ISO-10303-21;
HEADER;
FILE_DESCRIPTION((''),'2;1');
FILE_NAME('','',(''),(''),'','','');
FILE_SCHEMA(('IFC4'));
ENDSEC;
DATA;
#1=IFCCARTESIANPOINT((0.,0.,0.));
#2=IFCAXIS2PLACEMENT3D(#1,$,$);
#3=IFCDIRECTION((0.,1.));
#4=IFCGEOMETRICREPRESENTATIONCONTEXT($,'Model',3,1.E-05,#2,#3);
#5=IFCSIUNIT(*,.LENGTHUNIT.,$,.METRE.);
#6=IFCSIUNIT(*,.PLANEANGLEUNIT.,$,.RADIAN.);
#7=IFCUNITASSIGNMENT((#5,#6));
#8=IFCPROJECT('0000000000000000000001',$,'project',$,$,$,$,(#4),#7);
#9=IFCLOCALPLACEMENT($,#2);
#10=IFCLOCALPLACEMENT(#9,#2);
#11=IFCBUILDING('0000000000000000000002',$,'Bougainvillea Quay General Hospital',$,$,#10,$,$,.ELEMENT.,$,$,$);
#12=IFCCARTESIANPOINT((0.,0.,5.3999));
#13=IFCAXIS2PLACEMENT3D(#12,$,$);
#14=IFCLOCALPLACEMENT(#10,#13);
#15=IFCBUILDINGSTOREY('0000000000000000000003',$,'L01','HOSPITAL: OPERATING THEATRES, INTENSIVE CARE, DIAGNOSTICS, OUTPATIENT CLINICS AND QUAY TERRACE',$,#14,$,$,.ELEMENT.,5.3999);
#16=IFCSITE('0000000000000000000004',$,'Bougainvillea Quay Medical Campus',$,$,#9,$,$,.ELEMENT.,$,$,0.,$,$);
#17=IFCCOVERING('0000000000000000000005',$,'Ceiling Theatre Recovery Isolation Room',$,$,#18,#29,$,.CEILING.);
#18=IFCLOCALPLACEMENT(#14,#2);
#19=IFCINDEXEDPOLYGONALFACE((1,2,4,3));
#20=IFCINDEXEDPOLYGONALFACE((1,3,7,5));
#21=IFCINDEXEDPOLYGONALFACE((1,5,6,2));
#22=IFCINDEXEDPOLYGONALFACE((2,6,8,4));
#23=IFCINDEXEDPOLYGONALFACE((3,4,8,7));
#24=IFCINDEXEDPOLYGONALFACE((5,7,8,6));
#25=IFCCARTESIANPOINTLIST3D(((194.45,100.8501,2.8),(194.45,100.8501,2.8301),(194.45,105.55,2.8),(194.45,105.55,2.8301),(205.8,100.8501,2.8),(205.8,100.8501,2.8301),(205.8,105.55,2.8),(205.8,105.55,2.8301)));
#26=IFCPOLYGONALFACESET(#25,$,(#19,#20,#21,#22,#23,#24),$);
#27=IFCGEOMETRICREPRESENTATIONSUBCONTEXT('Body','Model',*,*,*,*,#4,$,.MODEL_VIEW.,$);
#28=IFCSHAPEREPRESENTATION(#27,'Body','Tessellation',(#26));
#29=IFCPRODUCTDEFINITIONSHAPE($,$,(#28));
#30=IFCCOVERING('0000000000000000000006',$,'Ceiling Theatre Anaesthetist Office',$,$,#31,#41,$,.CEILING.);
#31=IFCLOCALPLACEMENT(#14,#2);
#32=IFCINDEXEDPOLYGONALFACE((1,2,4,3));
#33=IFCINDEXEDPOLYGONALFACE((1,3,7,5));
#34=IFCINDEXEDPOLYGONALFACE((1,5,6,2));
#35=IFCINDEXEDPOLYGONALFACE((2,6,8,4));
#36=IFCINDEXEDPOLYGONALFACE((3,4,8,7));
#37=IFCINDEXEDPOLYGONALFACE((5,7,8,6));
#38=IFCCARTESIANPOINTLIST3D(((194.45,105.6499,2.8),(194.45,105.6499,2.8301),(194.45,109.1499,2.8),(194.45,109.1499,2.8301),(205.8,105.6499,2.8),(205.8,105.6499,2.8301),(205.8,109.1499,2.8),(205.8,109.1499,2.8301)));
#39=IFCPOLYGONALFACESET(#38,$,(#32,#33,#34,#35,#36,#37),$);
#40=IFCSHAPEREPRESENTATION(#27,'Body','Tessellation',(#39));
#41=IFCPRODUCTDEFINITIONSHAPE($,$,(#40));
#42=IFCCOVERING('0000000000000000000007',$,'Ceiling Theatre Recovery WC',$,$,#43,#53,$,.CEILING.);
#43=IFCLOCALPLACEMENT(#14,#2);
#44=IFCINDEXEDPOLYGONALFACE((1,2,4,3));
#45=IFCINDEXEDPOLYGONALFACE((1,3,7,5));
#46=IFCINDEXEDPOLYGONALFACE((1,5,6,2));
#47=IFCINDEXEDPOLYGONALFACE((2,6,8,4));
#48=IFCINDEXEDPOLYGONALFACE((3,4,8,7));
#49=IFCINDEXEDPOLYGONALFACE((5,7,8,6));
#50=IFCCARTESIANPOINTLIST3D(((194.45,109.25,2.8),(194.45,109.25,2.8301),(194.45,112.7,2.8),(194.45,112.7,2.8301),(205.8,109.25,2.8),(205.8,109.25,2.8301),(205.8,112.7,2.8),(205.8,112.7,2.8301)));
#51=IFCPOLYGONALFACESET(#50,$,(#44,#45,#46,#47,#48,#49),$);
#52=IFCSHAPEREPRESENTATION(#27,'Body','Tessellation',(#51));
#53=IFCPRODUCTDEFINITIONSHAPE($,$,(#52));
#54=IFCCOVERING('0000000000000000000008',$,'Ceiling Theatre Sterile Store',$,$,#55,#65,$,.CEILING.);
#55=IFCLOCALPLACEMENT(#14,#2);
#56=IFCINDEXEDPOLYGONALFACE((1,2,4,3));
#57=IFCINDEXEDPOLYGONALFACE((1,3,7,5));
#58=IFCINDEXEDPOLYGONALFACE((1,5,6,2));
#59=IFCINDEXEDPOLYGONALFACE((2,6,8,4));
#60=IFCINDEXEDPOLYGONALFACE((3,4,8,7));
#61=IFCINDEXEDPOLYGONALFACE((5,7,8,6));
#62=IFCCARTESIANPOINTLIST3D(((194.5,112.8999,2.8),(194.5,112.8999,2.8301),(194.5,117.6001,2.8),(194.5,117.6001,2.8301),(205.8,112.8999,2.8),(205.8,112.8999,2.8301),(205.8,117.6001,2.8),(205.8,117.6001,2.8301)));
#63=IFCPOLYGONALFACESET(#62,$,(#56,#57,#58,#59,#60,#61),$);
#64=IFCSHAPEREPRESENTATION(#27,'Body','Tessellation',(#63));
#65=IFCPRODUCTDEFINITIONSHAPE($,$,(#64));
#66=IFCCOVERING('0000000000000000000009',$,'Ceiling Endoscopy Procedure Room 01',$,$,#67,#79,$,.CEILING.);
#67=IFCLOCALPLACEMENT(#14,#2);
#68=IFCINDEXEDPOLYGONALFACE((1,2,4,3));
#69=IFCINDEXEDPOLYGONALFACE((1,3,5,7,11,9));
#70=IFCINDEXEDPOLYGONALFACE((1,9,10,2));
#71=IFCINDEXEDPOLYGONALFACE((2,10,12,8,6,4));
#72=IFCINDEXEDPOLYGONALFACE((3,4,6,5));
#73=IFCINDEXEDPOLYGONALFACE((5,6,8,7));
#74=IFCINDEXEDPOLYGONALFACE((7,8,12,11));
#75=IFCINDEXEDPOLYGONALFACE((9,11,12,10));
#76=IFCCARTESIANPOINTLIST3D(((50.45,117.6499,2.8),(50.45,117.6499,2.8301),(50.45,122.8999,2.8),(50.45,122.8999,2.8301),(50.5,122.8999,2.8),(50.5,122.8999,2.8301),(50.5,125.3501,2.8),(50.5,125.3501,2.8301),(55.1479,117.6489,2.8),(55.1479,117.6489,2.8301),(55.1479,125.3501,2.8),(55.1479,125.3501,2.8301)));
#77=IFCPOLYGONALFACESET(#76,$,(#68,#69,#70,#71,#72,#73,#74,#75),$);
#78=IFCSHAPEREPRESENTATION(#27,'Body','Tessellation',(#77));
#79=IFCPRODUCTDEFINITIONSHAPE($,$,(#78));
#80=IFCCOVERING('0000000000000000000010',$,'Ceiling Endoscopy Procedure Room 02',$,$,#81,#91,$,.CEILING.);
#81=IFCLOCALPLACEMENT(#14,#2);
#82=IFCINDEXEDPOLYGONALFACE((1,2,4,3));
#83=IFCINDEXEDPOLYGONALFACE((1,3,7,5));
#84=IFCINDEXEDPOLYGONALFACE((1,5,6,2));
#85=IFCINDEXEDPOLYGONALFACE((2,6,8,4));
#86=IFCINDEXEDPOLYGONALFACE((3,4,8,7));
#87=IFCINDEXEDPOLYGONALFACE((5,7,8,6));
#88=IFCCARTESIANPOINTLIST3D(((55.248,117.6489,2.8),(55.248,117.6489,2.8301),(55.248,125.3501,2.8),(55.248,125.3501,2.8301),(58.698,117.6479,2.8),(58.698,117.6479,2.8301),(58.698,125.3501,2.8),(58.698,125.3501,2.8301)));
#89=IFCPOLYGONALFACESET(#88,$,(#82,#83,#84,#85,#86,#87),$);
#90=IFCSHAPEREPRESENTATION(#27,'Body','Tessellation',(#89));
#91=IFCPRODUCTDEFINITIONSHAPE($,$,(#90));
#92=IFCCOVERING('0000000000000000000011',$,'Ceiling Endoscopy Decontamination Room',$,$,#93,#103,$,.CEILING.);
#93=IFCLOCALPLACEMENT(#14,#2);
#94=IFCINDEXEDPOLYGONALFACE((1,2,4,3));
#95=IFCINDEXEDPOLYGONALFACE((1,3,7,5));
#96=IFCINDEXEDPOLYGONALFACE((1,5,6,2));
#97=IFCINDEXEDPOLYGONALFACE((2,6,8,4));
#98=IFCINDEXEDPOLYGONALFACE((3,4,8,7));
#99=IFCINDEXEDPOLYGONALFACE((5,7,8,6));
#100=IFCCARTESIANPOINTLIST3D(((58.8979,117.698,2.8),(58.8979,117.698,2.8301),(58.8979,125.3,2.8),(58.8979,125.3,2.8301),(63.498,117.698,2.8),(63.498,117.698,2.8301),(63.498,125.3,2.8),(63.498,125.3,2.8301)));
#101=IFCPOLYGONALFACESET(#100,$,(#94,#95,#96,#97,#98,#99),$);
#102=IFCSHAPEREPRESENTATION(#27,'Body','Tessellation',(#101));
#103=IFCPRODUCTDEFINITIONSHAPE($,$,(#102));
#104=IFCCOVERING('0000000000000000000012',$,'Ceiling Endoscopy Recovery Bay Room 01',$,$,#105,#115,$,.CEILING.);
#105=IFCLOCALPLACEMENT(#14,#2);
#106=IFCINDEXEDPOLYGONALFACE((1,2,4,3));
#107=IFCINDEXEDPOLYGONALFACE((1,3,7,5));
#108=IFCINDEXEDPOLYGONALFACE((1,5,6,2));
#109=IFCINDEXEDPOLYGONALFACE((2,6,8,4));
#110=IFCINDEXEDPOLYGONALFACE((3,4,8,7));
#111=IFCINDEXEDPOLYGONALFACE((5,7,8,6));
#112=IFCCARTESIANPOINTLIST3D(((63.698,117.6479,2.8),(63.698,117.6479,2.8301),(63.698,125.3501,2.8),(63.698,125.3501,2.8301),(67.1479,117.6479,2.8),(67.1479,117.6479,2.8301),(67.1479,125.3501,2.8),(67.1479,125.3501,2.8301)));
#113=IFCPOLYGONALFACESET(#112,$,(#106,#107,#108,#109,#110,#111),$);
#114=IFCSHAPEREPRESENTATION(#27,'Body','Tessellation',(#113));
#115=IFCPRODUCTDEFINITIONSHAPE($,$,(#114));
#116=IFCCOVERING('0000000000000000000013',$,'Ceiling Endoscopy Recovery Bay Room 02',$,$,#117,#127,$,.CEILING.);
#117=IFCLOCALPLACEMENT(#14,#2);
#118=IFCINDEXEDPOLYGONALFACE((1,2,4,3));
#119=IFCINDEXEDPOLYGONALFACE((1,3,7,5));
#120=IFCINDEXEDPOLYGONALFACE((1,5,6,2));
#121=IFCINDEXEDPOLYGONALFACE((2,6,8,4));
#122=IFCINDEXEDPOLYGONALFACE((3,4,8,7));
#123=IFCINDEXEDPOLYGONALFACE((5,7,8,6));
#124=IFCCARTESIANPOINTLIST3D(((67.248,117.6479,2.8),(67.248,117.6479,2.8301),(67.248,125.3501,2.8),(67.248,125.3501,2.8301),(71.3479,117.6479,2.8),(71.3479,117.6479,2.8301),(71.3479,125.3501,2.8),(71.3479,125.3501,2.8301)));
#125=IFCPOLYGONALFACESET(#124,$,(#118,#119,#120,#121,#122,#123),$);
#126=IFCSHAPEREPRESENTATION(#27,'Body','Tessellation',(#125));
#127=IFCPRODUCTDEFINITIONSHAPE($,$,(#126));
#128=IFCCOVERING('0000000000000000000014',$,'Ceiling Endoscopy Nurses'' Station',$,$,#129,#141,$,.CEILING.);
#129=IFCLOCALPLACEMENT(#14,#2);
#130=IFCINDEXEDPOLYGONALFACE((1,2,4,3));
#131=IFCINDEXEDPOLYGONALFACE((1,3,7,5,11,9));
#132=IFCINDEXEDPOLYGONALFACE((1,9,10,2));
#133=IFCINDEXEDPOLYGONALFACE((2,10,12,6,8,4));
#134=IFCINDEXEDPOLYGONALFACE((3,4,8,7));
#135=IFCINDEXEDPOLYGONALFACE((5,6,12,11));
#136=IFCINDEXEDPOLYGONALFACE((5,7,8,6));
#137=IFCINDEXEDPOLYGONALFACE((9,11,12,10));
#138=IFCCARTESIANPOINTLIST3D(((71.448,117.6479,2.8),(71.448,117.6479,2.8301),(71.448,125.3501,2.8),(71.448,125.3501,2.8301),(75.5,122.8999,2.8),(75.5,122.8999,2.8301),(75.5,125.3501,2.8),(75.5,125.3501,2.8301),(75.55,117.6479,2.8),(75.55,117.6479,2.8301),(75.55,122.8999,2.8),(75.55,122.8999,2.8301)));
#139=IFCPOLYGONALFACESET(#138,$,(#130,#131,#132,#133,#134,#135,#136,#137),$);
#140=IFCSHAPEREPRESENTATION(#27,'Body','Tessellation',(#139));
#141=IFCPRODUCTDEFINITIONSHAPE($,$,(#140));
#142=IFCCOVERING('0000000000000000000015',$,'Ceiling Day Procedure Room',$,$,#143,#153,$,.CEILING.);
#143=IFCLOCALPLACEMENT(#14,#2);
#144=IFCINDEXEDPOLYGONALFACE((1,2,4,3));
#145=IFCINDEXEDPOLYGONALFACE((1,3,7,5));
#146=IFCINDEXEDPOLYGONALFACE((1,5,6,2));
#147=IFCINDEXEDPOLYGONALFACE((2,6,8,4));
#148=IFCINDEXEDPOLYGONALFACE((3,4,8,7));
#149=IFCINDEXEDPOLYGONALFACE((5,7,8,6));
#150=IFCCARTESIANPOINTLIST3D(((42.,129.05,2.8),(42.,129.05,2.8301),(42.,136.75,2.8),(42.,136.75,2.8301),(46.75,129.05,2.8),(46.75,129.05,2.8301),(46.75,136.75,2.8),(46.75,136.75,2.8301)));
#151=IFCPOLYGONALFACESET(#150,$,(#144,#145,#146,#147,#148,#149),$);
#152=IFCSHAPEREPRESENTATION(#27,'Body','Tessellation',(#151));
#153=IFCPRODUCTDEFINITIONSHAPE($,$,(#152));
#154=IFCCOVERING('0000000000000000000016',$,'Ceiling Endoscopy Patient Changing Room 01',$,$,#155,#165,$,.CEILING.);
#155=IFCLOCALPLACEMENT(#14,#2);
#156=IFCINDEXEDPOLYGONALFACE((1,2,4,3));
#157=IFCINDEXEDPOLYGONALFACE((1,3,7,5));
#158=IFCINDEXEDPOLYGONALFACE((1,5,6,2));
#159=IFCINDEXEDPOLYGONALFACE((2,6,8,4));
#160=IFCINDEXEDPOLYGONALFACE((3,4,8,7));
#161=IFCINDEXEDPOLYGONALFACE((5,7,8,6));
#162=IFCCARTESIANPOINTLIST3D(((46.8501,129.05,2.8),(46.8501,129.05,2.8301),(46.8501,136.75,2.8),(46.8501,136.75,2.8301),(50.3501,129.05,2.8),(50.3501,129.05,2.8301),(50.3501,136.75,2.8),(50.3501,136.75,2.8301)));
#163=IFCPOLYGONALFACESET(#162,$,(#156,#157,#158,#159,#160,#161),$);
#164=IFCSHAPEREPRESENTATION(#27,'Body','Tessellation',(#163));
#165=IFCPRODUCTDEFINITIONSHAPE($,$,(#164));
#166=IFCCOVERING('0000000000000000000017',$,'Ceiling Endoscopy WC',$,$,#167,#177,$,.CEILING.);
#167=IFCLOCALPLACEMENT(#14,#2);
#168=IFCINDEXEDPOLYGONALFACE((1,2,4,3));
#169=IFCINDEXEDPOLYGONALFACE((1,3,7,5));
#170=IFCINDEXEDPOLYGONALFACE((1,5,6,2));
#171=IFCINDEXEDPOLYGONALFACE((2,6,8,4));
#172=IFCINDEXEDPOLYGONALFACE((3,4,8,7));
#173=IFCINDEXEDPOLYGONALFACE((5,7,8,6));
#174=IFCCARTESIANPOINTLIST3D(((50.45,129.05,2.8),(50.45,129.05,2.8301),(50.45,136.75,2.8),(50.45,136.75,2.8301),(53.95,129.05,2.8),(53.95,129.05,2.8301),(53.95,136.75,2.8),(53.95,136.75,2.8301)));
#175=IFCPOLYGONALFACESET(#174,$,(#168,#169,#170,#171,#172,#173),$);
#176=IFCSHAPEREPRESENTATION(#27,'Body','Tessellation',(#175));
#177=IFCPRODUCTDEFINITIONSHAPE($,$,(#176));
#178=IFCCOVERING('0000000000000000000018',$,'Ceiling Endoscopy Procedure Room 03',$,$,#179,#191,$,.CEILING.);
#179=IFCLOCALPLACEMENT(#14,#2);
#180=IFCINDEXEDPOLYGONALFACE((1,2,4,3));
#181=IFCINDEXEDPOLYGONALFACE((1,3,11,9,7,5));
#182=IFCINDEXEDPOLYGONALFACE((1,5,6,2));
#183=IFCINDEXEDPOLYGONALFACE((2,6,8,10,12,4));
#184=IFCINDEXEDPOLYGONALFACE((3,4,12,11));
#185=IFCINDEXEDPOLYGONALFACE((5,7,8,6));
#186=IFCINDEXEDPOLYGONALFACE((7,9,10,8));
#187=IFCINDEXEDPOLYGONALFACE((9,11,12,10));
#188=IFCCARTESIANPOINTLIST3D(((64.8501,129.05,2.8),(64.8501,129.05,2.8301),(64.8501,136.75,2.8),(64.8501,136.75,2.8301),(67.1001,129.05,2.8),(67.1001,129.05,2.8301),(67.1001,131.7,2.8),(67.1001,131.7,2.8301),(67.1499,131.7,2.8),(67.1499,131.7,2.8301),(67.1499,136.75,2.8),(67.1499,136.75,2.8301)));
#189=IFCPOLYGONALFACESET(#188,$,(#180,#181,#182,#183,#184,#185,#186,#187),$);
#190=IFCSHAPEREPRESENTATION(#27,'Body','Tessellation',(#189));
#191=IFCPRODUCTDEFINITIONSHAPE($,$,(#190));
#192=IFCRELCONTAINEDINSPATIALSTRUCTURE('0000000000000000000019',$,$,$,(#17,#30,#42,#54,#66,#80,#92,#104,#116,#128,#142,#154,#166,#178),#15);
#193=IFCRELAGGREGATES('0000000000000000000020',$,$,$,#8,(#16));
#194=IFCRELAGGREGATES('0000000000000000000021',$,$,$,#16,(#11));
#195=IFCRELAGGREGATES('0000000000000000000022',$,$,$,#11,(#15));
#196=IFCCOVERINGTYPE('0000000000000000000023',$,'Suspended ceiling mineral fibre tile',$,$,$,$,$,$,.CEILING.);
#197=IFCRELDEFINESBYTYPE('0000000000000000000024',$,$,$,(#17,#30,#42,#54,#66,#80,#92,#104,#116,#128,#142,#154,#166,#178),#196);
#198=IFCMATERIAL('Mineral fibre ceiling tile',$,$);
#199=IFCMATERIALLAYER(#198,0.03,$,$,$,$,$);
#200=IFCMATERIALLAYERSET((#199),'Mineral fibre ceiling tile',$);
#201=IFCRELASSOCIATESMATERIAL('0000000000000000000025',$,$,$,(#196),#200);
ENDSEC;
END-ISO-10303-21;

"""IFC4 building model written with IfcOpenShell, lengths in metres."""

from ifc_helpers import new_model, si_unit, direction, frame, origin, place, context, subcontext, project, spatial, polyline, outline, extrude, material, layer, layer_set, type_object, element, save


model = new_model("IFC4")

# Units and contexts
model_context = context("Model", 3, precision=1e-05, world=origin(), true_north=direction((0.0, 1.0)))
body_context = subcontext(model_context, "Body", "Model", "MODEL_VIEW")
ifc_project = project(units=[si_unit("LENGTHUNIT", "METRE"), si_unit("PLANEANGLEUNIT", "RADIAN")], contexts=[model_context])

# Site, building, storey
site_placement = place(None, origin())
site = spatial("IfcSite", under=ifc_project, at=site_placement, Name="Bougainvillea Quay Medical Campus", CompositionType="ELEMENT", RefElevation=0.0)
building_placement = place(site_placement, origin())
building = spatial("IfcBuilding", under=site, at=building_placement, Name="Bougainvillea Quay General Hospital", CompositionType="ELEMENT")
storey_placement = place(building_placement, frame((0.0, 0.0, 5.3999)))
storey = spatial("IfcBuildingStorey", under=building, at=storey_placement, Name="L01", Description="HOSPITAL: OPERATING THEATRES, INTENSIVE CARE, DIAGNOSTICS, OUTPATIENT CLINICS AND QUAY TERRACE", CompositionType="ELEMENT", Elevation=5.3999)

# Coverings
ifc_material = material(Name="Mineral fibre ceiling tile")
ifc_layer = layer(ifc_material, 0.03)
ifc_layer_set = layer_set([ifc_layer], Name="Mineral fibre ceiling tile")
covering_type = type_object("IfcCoveringType", Name="Suspended ceiling mineral fibre tile", PredefinedType="CEILING", material=ifc_layer_set)
covering_1_placement = place(storey_placement, frame((0.0, 0.0, 2.8)))
element("IfcCovering", 1, at=covering_1_placement, inside=storey, type_object=covering_type, Name="Ceiling Theatre Recovery Isolation Room", PredefinedType="CEILING", context=body_context, shape_type="SweptSolid", body=[
    extrude(outline(polyline([(205.8, 105.55), (194.45, 105.55), (194.45, 100.8501), (205.8, 100.8501), (205.8, 105.55)])), origin(), (0.0, 0.0, 1.0), 0.03),
])
covering_2_placement = place(storey_placement, frame((0.0, 0.0, 2.8)))
element("IfcCovering", 2, at=covering_2_placement, inside=storey, type_object=covering_type, Name="Ceiling Theatre Anaesthetist Office", PredefinedType="CEILING", context=body_context, shape_type="SweptSolid", body=[
    extrude(outline(polyline([(205.8, 109.1499), (194.45, 109.1499), (194.45, 105.6499), (205.8, 105.6499), (205.8, 109.1499)])), origin(), (0.0, 0.0, 1.0), 0.03),
])
covering_3_placement = place(storey_placement, frame((0.0, 0.0, 2.8)))
element("IfcCovering", 3, at=covering_3_placement, inside=storey, type_object=covering_type, Name="Ceiling Theatre Recovery WC", PredefinedType="CEILING", context=body_context, shape_type="SweptSolid", body=[
    extrude(outline(polyline([(205.8, 112.7), (194.45, 112.7), (194.45, 109.25), (205.8, 109.25), (205.8, 112.7)])), origin(), (0.0, 0.0, 1.0), 0.03),
])
covering_4_placement = place(storey_placement, frame((0.0, 0.0, 2.8)))
element("IfcCovering", 4, at=covering_4_placement, inside=storey, type_object=covering_type, Name="Ceiling Theatre Sterile Store", PredefinedType="CEILING", context=body_context, shape_type="SweptSolid", body=[
    extrude(outline(polyline([(194.5, 117.6001), (194.5, 112.8999), (205.8, 112.8999), (205.8, 117.6001), (194.5, 117.6001)])), origin(), (0.0, 0.0, 1.0), 0.03),
])
covering_5_placement = place(storey_placement, frame((0.0, 0.0, 2.8)))
element("IfcCovering", 5, at=covering_5_placement, inside=storey, type_object=covering_type, Name="Ceiling Endoscopy Procedure Room 01", PredefinedType="CEILING", context=body_context, shape_type="SweptSolid", body=[
    extrude(outline(polyline([(50.5, 125.3501), (50.5, 122.8999), (50.45, 122.8999), (50.45, 117.6499), (55.1479, 117.6489), (55.1479, 125.3501), (50.5, 125.3501)])), origin(), (0.0, 0.0, 1.0), 0.03),
])
covering_6_placement = place(storey_placement, frame((0.0, 0.0, 2.8)))
element("IfcCovering", 6, at=covering_6_placement, inside=storey, type_object=covering_type, Name="Ceiling Endoscopy Procedure Room 02", PredefinedType="CEILING", context=body_context, shape_type="SweptSolid", body=[
    extrude(outline(polyline([(55.248, 125.3501), (55.248, 117.6489), (58.698, 117.6479), (58.698, 125.3501), (55.248, 125.3501)])), origin(), (0.0, 0.0, 1.0), 0.03),
])
covering_7_placement = place(storey_placement, frame((0.0, 0.0, 2.8)))
element("IfcCovering", 7, at=covering_7_placement, inside=storey, type_object=covering_type, Name="Ceiling Endoscopy Decontamination Room", PredefinedType="CEILING", context=body_context, shape_type="SweptSolid", body=[
    extrude(outline(polyline([(58.8979, 117.698), (63.498, 117.698), (63.498, 125.3), (58.8979, 125.3), (58.8979, 117.698)])), origin(), (0.0, 0.0, 1.0), 0.03),
])
covering_8_placement = place(storey_placement, frame((0.0, 0.0, 2.8)))
element("IfcCovering", 8, at=covering_8_placement, inside=storey, type_object=covering_type, Name="Ceiling Endoscopy Recovery Bay Room 01", PredefinedType="CEILING", context=body_context, shape_type="SweptSolid", body=[
    extrude(outline(polyline([(67.1479, 117.6479), (67.1479, 125.3501), (63.698, 125.3501), (63.698, 117.6479), (67.1479, 117.6479)])), origin(), (0.0, 0.0, 1.0), 0.03),
])
covering_9_placement = place(storey_placement, frame((0.0, 0.0, 2.8)))
element("IfcCovering", 9, at=covering_9_placement, inside=storey, type_object=covering_type, Name="Ceiling Endoscopy Recovery Bay Room 02", PredefinedType="CEILING", context=body_context, shape_type="SweptSolid", body=[
    extrude(outline(polyline([(71.3479, 117.6479), (71.3479, 125.3501), (67.248, 125.3501), (67.248, 117.6479), (71.3479, 117.6479)])), origin(), (0.0, 0.0, 1.0), 0.03),
])
covering_10_placement = place(storey_placement, frame((0.0, 0.0, 2.8)))
element("IfcCovering", 10, at=covering_10_placement, inside=storey, type_object=covering_type, Name="Ceiling Endoscopy Nurses' Station", PredefinedType="CEILING", context=body_context, shape_type="SweptSolid", body=[
    extrude(outline(polyline([(75.5, 122.8999), (75.5, 125.3501), (71.448, 125.3501), (71.448, 117.6479), (75.55, 117.6479), (75.55, 122.8999), (75.5, 122.8999)])), origin(), (0.0, 0.0, 1.0), 0.03),
])
covering_11_placement = place(storey_placement, frame((0.0, 0.0, 2.8)))
element("IfcCovering", 11, at=covering_11_placement, inside=storey, type_object=covering_type, Name="Ceiling Day Procedure Room", PredefinedType="CEILING", context=body_context, shape_type="SweptSolid", body=[
    extrude(outline(polyline([(42.0, 129.05), (46.75, 129.05), (46.75, 136.75), (42.0, 136.75), (42.0, 129.05)])), origin(), (0.0, 0.0, 1.0), 0.03),
])
covering_12_placement = place(storey_placement, frame((0.0, 0.0, 2.8)))
element("IfcCovering", 12, at=covering_12_placement, inside=storey, type_object=covering_type, Name="Ceiling Endoscopy Patient Changing Room 01", PredefinedType="CEILING", context=body_context, shape_type="SweptSolid", body=[
    extrude(outline(polyline([(50.3501, 129.05), (50.3501, 136.75), (46.8501, 136.75), (46.8501, 129.05), (50.3501, 129.05)])), origin(), (0.0, 0.0, 1.0), 0.03),
])
covering_13_placement = place(storey_placement, frame((0.0, 0.0, 2.8)))
element("IfcCovering", 13, at=covering_13_placement, inside=storey, type_object=covering_type, Name="Ceiling Endoscopy WC", PredefinedType="CEILING", context=body_context, shape_type="SweptSolid", body=[
    extrude(outline(polyline([(53.95, 129.05), (53.95, 136.75), (50.45, 136.75), (50.45, 129.05), (53.95, 129.05)])), origin(), (0.0, 0.0, 1.0), 0.03),
])
covering_14_placement = place(storey_placement, frame((0.0, 0.0, 2.8)))
element("IfcCovering", 14, at=covering_14_placement, inside=storey, type_object=covering_type, Name="Ceiling Endoscopy Procedure Room 03", PredefinedType="CEILING", context=body_context, shape_type="SweptSolid", body=[
    extrude(outline(polyline([(67.1001, 129.05), (67.1001, 131.7), (67.1499, 131.7), (67.1499, 136.75), (64.8501, 136.75), (64.8501, 129.05), (67.1001, 129.05)])), origin(), (0.0, 0.0, 1.0), 0.03),
])

save(model, "model.ifc")
